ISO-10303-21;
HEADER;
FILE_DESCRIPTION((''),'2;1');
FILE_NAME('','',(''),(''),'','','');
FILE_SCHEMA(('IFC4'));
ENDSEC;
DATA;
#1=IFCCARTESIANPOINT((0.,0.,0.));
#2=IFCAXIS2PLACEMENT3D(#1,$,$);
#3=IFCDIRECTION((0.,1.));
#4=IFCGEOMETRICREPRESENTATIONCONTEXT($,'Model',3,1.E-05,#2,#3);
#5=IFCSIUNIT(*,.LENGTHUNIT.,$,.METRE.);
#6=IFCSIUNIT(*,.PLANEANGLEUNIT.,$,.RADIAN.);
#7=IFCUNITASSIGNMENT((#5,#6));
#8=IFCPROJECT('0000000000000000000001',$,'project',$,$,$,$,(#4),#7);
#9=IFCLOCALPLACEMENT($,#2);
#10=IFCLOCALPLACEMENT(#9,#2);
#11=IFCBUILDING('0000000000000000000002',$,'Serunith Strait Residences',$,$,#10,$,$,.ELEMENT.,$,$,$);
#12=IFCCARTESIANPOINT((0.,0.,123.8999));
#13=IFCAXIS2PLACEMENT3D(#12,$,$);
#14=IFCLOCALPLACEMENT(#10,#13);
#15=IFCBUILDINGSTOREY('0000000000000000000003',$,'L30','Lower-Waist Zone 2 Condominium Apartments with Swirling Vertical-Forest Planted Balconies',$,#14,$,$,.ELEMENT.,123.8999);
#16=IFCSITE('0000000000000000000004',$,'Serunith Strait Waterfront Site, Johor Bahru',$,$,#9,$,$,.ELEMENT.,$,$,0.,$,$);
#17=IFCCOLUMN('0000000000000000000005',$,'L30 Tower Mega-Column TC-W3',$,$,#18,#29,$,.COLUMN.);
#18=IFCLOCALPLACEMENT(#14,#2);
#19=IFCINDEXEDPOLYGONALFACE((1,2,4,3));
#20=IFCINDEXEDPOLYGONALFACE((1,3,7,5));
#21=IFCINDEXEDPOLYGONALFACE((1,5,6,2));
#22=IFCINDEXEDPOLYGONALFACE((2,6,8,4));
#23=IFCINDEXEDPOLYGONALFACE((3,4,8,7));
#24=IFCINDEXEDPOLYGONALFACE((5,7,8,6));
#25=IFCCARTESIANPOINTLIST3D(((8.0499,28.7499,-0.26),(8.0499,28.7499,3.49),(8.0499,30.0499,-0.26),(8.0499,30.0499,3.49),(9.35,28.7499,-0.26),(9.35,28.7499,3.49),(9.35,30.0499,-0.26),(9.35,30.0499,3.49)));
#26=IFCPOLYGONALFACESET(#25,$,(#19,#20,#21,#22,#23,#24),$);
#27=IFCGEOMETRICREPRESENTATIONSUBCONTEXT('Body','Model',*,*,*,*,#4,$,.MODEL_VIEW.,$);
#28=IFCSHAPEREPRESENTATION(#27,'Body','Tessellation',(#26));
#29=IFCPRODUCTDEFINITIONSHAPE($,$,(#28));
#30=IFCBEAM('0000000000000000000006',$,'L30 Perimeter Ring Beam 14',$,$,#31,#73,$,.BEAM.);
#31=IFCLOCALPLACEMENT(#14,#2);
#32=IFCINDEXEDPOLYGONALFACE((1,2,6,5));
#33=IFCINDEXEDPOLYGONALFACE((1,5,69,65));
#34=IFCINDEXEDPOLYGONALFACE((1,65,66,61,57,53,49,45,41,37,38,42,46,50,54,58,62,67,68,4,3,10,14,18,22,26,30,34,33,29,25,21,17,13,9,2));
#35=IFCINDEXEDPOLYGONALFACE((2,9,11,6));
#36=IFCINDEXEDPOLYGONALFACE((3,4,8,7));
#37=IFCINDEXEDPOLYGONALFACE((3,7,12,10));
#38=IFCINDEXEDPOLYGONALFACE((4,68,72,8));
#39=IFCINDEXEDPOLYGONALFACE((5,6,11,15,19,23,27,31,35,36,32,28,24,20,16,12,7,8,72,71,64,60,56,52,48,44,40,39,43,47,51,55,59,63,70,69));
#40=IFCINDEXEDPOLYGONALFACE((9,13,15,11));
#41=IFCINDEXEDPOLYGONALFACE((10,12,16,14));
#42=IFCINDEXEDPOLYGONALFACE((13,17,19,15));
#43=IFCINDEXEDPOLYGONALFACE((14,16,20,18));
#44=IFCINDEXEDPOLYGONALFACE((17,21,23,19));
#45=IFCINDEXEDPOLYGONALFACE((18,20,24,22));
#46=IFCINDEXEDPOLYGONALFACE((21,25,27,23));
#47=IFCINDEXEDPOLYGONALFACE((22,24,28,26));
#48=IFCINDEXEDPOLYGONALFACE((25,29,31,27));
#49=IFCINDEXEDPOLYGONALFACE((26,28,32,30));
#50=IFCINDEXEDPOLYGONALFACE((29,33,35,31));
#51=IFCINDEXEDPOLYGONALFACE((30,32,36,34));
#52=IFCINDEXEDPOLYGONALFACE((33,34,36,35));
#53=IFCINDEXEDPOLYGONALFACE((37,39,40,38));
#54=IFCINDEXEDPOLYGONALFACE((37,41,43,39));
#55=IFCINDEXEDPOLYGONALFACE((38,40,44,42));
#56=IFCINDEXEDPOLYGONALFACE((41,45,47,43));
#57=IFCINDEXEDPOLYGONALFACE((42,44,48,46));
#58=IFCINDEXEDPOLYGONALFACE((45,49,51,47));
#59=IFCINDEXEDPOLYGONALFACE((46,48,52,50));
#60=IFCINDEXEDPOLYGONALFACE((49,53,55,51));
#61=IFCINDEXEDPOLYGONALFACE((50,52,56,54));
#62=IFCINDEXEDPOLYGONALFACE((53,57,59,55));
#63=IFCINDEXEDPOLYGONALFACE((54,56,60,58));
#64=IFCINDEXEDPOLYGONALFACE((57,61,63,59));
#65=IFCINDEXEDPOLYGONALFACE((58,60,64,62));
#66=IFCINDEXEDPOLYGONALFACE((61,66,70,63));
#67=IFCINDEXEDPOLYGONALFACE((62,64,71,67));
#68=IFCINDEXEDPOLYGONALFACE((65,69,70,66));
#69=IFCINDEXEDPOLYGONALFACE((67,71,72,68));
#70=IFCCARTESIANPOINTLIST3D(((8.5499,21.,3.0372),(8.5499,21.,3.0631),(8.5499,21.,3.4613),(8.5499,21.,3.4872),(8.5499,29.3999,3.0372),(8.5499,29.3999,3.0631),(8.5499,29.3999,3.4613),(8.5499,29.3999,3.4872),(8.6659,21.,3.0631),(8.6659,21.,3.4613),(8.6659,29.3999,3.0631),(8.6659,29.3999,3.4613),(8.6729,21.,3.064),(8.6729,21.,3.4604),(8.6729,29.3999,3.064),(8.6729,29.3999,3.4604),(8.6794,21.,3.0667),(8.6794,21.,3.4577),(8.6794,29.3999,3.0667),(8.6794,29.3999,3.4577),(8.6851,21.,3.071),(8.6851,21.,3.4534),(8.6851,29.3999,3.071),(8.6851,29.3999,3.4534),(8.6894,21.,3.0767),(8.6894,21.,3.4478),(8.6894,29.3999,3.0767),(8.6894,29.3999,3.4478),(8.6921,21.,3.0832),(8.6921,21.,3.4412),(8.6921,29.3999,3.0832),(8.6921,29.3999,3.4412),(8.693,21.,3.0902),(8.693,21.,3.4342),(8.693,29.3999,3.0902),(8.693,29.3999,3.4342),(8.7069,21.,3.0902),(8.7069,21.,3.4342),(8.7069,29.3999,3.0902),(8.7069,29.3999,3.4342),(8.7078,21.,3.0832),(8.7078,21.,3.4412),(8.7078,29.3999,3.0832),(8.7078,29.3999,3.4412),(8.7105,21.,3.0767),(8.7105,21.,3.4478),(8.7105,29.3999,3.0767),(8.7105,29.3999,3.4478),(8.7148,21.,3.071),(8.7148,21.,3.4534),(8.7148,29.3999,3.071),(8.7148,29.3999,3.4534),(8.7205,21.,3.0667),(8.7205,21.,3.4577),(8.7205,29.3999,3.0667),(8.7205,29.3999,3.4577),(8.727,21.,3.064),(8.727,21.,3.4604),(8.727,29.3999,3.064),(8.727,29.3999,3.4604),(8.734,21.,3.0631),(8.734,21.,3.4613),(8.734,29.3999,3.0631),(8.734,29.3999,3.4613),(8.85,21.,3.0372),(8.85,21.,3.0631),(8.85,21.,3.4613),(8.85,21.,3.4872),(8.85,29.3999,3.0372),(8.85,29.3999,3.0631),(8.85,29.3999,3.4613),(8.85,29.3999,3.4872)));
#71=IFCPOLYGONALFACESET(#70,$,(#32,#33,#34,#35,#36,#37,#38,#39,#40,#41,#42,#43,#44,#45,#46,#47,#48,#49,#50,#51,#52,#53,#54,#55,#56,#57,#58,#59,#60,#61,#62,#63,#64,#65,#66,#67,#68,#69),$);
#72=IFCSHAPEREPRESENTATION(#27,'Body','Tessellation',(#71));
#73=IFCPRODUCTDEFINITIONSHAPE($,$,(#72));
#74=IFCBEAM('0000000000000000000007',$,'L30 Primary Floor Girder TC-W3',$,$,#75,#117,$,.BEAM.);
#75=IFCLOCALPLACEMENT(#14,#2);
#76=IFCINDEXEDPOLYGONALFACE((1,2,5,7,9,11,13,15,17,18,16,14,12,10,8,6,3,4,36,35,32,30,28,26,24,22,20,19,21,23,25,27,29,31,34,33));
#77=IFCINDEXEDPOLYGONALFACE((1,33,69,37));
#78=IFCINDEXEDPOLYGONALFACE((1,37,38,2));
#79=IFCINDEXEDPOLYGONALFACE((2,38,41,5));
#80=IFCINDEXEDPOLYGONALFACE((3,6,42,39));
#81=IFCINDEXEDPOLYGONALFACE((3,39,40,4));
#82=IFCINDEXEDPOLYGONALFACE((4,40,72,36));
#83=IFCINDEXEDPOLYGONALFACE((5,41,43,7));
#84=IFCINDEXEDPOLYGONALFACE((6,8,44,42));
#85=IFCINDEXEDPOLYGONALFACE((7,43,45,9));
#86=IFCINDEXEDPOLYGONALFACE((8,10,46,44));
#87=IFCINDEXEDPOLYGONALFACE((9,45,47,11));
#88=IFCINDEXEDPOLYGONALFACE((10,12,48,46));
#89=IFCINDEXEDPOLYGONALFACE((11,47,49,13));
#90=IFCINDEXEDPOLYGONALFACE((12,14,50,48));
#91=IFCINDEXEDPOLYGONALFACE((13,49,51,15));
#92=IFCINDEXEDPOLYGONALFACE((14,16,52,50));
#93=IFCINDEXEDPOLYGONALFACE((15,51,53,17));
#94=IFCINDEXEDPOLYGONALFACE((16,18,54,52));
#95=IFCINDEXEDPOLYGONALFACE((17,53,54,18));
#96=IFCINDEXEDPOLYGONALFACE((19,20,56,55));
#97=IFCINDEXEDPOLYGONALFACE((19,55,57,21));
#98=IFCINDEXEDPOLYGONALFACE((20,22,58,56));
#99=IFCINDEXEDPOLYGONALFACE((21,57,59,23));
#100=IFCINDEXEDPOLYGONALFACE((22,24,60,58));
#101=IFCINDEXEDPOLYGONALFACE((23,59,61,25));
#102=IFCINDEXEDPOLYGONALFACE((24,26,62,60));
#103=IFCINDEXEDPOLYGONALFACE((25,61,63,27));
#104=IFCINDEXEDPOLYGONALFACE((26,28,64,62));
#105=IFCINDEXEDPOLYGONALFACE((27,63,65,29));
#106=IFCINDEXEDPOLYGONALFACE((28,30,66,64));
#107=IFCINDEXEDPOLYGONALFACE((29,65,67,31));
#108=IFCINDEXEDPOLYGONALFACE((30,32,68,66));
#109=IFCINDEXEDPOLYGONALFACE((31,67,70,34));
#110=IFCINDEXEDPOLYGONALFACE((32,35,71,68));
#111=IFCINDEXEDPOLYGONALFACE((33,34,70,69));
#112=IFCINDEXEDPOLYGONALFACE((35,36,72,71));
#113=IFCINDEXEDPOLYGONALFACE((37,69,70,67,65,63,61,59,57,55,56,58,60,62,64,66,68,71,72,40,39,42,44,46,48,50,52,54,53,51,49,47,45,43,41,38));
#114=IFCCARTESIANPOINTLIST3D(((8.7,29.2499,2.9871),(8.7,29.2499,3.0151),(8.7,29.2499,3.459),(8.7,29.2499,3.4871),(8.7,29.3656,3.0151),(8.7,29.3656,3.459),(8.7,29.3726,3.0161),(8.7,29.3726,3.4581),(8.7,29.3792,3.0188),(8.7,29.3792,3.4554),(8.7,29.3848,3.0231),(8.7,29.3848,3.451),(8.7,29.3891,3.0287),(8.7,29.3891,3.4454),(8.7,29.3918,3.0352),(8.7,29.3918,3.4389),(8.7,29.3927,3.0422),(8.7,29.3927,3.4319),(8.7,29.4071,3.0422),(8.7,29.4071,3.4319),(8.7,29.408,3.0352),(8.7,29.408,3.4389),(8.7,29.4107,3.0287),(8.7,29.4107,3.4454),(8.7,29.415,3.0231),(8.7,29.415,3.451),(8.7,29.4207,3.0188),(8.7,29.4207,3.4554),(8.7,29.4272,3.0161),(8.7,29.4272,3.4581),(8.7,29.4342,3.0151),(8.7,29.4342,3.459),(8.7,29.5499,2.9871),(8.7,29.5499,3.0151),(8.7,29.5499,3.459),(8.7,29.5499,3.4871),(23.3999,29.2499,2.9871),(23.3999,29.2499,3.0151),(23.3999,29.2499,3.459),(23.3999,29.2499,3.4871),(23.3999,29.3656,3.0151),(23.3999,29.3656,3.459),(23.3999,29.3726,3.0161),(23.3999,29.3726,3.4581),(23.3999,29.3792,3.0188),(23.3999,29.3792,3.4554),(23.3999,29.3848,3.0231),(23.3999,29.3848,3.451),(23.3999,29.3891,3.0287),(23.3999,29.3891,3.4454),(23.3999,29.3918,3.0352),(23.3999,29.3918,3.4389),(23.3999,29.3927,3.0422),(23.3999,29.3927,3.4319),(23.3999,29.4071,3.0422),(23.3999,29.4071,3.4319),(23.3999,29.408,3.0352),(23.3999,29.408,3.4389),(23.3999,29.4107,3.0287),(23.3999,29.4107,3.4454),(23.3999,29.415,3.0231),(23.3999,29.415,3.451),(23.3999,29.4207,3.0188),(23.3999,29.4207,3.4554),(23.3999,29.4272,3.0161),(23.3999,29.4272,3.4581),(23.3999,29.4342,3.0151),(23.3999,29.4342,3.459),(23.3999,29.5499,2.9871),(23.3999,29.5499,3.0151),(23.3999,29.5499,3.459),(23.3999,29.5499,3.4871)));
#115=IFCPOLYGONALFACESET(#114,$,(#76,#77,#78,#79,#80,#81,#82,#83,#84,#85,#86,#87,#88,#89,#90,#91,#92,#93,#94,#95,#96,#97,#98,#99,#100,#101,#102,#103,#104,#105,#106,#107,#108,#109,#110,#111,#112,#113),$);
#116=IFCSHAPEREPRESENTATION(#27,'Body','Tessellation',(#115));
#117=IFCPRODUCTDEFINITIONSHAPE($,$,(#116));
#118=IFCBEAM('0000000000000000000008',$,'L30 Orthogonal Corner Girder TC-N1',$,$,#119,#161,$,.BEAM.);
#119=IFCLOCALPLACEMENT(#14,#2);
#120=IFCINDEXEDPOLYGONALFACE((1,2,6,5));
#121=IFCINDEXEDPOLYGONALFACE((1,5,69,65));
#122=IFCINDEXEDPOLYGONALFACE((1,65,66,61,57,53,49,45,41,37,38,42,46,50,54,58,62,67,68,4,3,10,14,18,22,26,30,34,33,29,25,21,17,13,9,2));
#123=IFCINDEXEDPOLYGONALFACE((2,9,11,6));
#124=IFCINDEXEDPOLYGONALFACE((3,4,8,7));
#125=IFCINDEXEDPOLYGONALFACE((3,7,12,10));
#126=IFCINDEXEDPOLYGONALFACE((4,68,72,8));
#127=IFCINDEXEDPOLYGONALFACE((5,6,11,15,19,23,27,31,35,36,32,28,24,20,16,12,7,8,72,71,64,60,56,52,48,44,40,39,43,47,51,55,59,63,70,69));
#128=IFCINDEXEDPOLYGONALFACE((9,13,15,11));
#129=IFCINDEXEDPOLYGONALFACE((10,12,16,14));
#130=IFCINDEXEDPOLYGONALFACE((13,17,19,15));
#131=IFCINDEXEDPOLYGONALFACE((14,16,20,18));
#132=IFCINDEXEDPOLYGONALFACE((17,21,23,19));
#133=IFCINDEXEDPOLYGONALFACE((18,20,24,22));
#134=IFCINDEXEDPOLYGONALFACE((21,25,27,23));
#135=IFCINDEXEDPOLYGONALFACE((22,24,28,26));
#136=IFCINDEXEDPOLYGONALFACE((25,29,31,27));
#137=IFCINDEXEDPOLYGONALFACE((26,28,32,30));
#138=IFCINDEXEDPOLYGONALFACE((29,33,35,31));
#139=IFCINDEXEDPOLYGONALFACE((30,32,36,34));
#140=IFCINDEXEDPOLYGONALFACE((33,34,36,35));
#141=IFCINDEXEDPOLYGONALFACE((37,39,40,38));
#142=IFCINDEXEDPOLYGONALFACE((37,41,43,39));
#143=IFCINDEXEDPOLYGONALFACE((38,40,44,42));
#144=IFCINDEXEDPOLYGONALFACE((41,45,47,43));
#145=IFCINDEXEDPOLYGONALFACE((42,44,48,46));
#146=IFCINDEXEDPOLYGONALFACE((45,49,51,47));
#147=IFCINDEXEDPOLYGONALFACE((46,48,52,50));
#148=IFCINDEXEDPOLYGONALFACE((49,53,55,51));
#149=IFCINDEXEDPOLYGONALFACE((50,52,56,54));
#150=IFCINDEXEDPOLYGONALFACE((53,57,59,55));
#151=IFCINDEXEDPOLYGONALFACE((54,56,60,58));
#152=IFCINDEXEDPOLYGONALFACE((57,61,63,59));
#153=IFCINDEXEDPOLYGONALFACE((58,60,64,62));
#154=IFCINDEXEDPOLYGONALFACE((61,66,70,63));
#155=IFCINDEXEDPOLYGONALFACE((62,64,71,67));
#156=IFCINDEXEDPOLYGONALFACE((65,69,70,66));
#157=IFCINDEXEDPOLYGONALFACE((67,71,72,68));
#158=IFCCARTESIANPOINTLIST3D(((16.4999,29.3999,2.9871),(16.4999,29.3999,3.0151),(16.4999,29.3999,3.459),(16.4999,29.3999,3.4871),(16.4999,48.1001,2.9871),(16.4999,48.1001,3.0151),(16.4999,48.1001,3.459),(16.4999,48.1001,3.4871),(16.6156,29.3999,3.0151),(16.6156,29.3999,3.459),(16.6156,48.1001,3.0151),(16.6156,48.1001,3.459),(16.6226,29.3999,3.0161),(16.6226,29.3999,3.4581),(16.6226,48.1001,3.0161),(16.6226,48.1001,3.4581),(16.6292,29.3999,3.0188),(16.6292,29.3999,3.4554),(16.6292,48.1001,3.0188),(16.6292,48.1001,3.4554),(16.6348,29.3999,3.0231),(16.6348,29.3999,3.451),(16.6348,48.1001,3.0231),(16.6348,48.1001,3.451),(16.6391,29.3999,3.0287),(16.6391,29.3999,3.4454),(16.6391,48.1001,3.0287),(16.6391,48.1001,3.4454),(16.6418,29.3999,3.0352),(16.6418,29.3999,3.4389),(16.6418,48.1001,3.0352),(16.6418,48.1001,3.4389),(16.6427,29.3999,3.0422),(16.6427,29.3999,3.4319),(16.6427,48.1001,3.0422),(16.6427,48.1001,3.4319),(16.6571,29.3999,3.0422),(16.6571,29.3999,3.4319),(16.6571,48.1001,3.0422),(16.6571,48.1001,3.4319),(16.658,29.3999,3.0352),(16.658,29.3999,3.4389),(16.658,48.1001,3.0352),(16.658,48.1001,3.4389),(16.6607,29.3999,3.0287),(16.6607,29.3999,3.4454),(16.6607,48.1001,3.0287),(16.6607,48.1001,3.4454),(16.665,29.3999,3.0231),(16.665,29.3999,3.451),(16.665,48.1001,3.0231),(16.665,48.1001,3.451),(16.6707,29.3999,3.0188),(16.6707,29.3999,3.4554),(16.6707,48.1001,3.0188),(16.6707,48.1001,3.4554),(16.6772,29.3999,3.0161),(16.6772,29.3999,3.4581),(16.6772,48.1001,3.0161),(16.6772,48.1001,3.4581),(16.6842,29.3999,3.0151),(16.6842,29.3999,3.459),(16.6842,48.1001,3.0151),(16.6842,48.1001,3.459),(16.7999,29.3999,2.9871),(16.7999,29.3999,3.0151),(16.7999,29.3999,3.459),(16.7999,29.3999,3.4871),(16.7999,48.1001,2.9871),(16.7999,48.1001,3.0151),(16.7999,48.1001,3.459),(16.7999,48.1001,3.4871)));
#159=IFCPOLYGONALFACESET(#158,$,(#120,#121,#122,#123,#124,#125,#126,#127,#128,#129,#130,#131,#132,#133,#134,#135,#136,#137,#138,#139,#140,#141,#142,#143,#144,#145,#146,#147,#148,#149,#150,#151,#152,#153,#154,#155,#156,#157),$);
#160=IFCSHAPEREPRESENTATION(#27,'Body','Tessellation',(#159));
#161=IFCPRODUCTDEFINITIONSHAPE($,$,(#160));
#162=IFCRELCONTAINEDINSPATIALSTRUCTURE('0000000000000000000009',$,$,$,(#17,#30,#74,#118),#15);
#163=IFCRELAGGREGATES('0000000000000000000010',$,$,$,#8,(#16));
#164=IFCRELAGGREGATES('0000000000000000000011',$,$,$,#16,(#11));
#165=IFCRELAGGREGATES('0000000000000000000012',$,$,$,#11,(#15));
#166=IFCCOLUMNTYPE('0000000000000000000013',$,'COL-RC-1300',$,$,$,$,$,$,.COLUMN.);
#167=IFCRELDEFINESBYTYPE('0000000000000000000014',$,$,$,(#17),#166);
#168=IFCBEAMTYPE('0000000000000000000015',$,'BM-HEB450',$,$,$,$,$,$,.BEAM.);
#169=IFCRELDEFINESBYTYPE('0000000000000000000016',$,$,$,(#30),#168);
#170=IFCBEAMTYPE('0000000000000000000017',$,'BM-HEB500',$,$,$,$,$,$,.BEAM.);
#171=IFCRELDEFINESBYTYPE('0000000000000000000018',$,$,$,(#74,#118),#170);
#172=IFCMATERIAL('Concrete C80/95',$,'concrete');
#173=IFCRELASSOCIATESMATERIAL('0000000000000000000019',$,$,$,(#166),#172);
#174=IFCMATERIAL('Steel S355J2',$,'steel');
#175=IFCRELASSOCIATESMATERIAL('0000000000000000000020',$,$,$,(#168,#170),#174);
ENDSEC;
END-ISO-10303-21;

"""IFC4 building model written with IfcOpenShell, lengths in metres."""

from ifc_helpers import new_model, si_unit, direction, frame, origin, origin_2d, place, context, subcontext, project, spatial, rectangle, i_section, extrude, source, transform, mapped, material, material_profile, profile_set, type_object, element, save


model = new_model("IFC4")

# Units and contexts
model_context = context("Model", 3, precision=1e-05, world=origin(), true_north=direction((0.0, 1.0)))
body_context = subcontext(model_context, "Body", "Model", "MODEL_VIEW")
ifc_project = project(units=[si_unit("LENGTHUNIT", "METRE"), si_unit("PLANEANGLEUNIT", "RADIAN")], contexts=[model_context])

# Site, building, storey
site_placement = place(None, origin())
site = spatial("IfcSite", under=ifc_project, at=site_placement, Name="Serunith Strait Waterfront Site, Johor Bahru", CompositionType="ELEMENT", RefElevation=0.0)
building_placement = place(site_placement, origin())
building = spatial("IfcBuilding", under=site, at=building_placement, Name="Serunith Strait Residences", CompositionType="ELEMENT")
storey_placement = place(building_placement, frame((0.0, 0.0, 123.8999)))
storey = spatial("IfcBuildingStorey", under=building, at=storey_placement, Name="L30", Description="Lower-Waist Zone 2 Condominium Apartments with Swirling Vertical-Forest Planted Balconies", CompositionType="ELEMENT", Elevation=123.8999)

# Column
ifc_material_1 = material(Name="Concrete C80/95", Category="concrete")
ifc_material_profile_1 = material_profile(ifc_material_1, rectangle(XDim=1.3, YDim=1.3, at=origin_2d()), Name="RC 1300x1300")
ifc_profile_set_1 = profile_set([ifc_material_profile_1], Name="Concrete C80/95")
column_type = type_object("IfcColumnType", Name="COL-RC-1300", PredefinedType="COLUMN", material=ifc_profile_set_1)
shared_shape_1 = source(origin(), body_context, "Body", "SweptSolid", [
    extrude(rectangle(XDim=1.3, YDim=1.3, at=origin_2d()), origin(), (0.0, 0.0, 1.0), 3.75),
])
column_placement = place(storey_placement, frame((8.7, 29.3999, -0.26), z_axis=(0.0, 0.0, 1.0), x_axis=(1.0, 0.0, 0.0)))
element("IfcColumn", 1, at=column_placement, inside=storey, type_object=column_type, Name="L30 Tower Mega-Column TC-W3", PredefinedType="COLUMN", context=body_context, shape_type="MappedRepresentation", body=[
    mapped(shared_shape_1, transform((0.0, 0.0, 0.0), scale=1.0)),
])

# Beams
ifc_material_2 = material(Name="Steel S355J2", Category="steel")
ifc_material_profile_2 = material_profile(ifc_material_2, i_section(OverallWidth=0.3, OverallDepth=0.45, WebThickness=0.0139, FlangeThickness=0.0259, FilletRadius=0.0271, at=origin_2d()), Name="HEB 450")
ifc_profile_set_2 = profile_set([ifc_material_profile_2], Name="Steel S355J2")
beam_type_1 = type_object("IfcBeamType", Name="BM-HEB450", PredefinedType="BEAM", material=ifc_profile_set_2)
shared_shape_2 = source(origin(), body_context, "Body", "SweptSolid", [
    extrude(i_section(OverallWidth=0.3, OverallDepth=0.45, WebThickness=0.0139, FlangeThickness=0.0259, FilletRadius=0.0271, at=origin_2d()), origin(), (0.0, 0.0, 1.0), 8.3999),
])
beam_1_placement = place(storey_placement, frame((8.7, 29.3999, 3.2622), z_axis=(0.0, -1.0, 0.0), x_axis=(1.0, 0.0, 0.0)))
element("IfcBeam", 2, at=beam_1_placement, inside=storey, type_object=beam_type_1, Name="L30 Perimeter Ring Beam 14", PredefinedType="BEAM", context=body_context, shape_type="MappedRepresentation", body=[
    mapped(shared_shape_2, transform((0.0, 0.0, 0.0), scale=1.0)),
])
ifc_material_profile_3 = material_profile(ifc_material_2, i_section(OverallWidth=0.3, OverallDepth=0.5, WebThickness=0.0144, FlangeThickness=0.0281, FilletRadius=0.0271, at=origin_2d()), Name="HEB 500")
ifc_profile_set_3 = profile_set([ifc_material_profile_3], Name="Steel S355J2")
beam_type_2 = type_object("IfcBeamType", Name="BM-HEB500", PredefinedType="BEAM", material=ifc_profile_set_3)
shared_shape_3 = source(origin(), body_context, "Body", "SweptSolid", [
    extrude(i_section(OverallWidth=0.3, OverallDepth=0.5, WebThickness=0.0144, FlangeThickness=0.0281, FilletRadius=0.0271, at=origin_2d()), origin(), (0.0, 0.0, 1.0), 14.7),
])
beam_2_placement = place(storey_placement, frame((23.3999, 29.3999, 3.2371), z_axis=(-1.0, 0.0, 0.0), x_axis=(0.0, -1.0, 0.0)))
element("IfcBeam", 3, at=beam_2_placement, inside=storey, type_object=beam_type_2, Name="L30 Primary Floor Girder TC-W3", PredefinedType="BEAM", context=body_context, shape_type="MappedRepresentation", body=[
    mapped(shared_shape_3, transform((0.0, 0.0, 0.0), scale=1.0)),
])
shared_shape_4 = source(origin(), body_context, "Body", "SweptSolid", [
    extrude(i_section(OverallWidth=0.3, OverallDepth=0.5, WebThickness=0.0144, FlangeThickness=0.0281, FilletRadius=0.0271, at=origin_2d()), origin(), (0.0, 0.0, 1.0), 18.7002),
])
beam_3_placement = place(storey_placement, frame((16.6499, 29.3999, 3.2371), z_axis=(0.0, 1.0, 0.0), x_axis=(-1.0, 0.0, 0.0)))
element("IfcBeam", 4, at=beam_3_placement, inside=storey, type_object=beam_type_2, Name="L30 Orthogonal Corner Girder TC-N1", PredefinedType="BEAM", context=body_context, shape_type="MappedRepresentation", body=[
    mapped(shared_shape_4, transform((0.0, 0.0, 0.0), scale=1.0)),
])

save(model, "model.ifc")
